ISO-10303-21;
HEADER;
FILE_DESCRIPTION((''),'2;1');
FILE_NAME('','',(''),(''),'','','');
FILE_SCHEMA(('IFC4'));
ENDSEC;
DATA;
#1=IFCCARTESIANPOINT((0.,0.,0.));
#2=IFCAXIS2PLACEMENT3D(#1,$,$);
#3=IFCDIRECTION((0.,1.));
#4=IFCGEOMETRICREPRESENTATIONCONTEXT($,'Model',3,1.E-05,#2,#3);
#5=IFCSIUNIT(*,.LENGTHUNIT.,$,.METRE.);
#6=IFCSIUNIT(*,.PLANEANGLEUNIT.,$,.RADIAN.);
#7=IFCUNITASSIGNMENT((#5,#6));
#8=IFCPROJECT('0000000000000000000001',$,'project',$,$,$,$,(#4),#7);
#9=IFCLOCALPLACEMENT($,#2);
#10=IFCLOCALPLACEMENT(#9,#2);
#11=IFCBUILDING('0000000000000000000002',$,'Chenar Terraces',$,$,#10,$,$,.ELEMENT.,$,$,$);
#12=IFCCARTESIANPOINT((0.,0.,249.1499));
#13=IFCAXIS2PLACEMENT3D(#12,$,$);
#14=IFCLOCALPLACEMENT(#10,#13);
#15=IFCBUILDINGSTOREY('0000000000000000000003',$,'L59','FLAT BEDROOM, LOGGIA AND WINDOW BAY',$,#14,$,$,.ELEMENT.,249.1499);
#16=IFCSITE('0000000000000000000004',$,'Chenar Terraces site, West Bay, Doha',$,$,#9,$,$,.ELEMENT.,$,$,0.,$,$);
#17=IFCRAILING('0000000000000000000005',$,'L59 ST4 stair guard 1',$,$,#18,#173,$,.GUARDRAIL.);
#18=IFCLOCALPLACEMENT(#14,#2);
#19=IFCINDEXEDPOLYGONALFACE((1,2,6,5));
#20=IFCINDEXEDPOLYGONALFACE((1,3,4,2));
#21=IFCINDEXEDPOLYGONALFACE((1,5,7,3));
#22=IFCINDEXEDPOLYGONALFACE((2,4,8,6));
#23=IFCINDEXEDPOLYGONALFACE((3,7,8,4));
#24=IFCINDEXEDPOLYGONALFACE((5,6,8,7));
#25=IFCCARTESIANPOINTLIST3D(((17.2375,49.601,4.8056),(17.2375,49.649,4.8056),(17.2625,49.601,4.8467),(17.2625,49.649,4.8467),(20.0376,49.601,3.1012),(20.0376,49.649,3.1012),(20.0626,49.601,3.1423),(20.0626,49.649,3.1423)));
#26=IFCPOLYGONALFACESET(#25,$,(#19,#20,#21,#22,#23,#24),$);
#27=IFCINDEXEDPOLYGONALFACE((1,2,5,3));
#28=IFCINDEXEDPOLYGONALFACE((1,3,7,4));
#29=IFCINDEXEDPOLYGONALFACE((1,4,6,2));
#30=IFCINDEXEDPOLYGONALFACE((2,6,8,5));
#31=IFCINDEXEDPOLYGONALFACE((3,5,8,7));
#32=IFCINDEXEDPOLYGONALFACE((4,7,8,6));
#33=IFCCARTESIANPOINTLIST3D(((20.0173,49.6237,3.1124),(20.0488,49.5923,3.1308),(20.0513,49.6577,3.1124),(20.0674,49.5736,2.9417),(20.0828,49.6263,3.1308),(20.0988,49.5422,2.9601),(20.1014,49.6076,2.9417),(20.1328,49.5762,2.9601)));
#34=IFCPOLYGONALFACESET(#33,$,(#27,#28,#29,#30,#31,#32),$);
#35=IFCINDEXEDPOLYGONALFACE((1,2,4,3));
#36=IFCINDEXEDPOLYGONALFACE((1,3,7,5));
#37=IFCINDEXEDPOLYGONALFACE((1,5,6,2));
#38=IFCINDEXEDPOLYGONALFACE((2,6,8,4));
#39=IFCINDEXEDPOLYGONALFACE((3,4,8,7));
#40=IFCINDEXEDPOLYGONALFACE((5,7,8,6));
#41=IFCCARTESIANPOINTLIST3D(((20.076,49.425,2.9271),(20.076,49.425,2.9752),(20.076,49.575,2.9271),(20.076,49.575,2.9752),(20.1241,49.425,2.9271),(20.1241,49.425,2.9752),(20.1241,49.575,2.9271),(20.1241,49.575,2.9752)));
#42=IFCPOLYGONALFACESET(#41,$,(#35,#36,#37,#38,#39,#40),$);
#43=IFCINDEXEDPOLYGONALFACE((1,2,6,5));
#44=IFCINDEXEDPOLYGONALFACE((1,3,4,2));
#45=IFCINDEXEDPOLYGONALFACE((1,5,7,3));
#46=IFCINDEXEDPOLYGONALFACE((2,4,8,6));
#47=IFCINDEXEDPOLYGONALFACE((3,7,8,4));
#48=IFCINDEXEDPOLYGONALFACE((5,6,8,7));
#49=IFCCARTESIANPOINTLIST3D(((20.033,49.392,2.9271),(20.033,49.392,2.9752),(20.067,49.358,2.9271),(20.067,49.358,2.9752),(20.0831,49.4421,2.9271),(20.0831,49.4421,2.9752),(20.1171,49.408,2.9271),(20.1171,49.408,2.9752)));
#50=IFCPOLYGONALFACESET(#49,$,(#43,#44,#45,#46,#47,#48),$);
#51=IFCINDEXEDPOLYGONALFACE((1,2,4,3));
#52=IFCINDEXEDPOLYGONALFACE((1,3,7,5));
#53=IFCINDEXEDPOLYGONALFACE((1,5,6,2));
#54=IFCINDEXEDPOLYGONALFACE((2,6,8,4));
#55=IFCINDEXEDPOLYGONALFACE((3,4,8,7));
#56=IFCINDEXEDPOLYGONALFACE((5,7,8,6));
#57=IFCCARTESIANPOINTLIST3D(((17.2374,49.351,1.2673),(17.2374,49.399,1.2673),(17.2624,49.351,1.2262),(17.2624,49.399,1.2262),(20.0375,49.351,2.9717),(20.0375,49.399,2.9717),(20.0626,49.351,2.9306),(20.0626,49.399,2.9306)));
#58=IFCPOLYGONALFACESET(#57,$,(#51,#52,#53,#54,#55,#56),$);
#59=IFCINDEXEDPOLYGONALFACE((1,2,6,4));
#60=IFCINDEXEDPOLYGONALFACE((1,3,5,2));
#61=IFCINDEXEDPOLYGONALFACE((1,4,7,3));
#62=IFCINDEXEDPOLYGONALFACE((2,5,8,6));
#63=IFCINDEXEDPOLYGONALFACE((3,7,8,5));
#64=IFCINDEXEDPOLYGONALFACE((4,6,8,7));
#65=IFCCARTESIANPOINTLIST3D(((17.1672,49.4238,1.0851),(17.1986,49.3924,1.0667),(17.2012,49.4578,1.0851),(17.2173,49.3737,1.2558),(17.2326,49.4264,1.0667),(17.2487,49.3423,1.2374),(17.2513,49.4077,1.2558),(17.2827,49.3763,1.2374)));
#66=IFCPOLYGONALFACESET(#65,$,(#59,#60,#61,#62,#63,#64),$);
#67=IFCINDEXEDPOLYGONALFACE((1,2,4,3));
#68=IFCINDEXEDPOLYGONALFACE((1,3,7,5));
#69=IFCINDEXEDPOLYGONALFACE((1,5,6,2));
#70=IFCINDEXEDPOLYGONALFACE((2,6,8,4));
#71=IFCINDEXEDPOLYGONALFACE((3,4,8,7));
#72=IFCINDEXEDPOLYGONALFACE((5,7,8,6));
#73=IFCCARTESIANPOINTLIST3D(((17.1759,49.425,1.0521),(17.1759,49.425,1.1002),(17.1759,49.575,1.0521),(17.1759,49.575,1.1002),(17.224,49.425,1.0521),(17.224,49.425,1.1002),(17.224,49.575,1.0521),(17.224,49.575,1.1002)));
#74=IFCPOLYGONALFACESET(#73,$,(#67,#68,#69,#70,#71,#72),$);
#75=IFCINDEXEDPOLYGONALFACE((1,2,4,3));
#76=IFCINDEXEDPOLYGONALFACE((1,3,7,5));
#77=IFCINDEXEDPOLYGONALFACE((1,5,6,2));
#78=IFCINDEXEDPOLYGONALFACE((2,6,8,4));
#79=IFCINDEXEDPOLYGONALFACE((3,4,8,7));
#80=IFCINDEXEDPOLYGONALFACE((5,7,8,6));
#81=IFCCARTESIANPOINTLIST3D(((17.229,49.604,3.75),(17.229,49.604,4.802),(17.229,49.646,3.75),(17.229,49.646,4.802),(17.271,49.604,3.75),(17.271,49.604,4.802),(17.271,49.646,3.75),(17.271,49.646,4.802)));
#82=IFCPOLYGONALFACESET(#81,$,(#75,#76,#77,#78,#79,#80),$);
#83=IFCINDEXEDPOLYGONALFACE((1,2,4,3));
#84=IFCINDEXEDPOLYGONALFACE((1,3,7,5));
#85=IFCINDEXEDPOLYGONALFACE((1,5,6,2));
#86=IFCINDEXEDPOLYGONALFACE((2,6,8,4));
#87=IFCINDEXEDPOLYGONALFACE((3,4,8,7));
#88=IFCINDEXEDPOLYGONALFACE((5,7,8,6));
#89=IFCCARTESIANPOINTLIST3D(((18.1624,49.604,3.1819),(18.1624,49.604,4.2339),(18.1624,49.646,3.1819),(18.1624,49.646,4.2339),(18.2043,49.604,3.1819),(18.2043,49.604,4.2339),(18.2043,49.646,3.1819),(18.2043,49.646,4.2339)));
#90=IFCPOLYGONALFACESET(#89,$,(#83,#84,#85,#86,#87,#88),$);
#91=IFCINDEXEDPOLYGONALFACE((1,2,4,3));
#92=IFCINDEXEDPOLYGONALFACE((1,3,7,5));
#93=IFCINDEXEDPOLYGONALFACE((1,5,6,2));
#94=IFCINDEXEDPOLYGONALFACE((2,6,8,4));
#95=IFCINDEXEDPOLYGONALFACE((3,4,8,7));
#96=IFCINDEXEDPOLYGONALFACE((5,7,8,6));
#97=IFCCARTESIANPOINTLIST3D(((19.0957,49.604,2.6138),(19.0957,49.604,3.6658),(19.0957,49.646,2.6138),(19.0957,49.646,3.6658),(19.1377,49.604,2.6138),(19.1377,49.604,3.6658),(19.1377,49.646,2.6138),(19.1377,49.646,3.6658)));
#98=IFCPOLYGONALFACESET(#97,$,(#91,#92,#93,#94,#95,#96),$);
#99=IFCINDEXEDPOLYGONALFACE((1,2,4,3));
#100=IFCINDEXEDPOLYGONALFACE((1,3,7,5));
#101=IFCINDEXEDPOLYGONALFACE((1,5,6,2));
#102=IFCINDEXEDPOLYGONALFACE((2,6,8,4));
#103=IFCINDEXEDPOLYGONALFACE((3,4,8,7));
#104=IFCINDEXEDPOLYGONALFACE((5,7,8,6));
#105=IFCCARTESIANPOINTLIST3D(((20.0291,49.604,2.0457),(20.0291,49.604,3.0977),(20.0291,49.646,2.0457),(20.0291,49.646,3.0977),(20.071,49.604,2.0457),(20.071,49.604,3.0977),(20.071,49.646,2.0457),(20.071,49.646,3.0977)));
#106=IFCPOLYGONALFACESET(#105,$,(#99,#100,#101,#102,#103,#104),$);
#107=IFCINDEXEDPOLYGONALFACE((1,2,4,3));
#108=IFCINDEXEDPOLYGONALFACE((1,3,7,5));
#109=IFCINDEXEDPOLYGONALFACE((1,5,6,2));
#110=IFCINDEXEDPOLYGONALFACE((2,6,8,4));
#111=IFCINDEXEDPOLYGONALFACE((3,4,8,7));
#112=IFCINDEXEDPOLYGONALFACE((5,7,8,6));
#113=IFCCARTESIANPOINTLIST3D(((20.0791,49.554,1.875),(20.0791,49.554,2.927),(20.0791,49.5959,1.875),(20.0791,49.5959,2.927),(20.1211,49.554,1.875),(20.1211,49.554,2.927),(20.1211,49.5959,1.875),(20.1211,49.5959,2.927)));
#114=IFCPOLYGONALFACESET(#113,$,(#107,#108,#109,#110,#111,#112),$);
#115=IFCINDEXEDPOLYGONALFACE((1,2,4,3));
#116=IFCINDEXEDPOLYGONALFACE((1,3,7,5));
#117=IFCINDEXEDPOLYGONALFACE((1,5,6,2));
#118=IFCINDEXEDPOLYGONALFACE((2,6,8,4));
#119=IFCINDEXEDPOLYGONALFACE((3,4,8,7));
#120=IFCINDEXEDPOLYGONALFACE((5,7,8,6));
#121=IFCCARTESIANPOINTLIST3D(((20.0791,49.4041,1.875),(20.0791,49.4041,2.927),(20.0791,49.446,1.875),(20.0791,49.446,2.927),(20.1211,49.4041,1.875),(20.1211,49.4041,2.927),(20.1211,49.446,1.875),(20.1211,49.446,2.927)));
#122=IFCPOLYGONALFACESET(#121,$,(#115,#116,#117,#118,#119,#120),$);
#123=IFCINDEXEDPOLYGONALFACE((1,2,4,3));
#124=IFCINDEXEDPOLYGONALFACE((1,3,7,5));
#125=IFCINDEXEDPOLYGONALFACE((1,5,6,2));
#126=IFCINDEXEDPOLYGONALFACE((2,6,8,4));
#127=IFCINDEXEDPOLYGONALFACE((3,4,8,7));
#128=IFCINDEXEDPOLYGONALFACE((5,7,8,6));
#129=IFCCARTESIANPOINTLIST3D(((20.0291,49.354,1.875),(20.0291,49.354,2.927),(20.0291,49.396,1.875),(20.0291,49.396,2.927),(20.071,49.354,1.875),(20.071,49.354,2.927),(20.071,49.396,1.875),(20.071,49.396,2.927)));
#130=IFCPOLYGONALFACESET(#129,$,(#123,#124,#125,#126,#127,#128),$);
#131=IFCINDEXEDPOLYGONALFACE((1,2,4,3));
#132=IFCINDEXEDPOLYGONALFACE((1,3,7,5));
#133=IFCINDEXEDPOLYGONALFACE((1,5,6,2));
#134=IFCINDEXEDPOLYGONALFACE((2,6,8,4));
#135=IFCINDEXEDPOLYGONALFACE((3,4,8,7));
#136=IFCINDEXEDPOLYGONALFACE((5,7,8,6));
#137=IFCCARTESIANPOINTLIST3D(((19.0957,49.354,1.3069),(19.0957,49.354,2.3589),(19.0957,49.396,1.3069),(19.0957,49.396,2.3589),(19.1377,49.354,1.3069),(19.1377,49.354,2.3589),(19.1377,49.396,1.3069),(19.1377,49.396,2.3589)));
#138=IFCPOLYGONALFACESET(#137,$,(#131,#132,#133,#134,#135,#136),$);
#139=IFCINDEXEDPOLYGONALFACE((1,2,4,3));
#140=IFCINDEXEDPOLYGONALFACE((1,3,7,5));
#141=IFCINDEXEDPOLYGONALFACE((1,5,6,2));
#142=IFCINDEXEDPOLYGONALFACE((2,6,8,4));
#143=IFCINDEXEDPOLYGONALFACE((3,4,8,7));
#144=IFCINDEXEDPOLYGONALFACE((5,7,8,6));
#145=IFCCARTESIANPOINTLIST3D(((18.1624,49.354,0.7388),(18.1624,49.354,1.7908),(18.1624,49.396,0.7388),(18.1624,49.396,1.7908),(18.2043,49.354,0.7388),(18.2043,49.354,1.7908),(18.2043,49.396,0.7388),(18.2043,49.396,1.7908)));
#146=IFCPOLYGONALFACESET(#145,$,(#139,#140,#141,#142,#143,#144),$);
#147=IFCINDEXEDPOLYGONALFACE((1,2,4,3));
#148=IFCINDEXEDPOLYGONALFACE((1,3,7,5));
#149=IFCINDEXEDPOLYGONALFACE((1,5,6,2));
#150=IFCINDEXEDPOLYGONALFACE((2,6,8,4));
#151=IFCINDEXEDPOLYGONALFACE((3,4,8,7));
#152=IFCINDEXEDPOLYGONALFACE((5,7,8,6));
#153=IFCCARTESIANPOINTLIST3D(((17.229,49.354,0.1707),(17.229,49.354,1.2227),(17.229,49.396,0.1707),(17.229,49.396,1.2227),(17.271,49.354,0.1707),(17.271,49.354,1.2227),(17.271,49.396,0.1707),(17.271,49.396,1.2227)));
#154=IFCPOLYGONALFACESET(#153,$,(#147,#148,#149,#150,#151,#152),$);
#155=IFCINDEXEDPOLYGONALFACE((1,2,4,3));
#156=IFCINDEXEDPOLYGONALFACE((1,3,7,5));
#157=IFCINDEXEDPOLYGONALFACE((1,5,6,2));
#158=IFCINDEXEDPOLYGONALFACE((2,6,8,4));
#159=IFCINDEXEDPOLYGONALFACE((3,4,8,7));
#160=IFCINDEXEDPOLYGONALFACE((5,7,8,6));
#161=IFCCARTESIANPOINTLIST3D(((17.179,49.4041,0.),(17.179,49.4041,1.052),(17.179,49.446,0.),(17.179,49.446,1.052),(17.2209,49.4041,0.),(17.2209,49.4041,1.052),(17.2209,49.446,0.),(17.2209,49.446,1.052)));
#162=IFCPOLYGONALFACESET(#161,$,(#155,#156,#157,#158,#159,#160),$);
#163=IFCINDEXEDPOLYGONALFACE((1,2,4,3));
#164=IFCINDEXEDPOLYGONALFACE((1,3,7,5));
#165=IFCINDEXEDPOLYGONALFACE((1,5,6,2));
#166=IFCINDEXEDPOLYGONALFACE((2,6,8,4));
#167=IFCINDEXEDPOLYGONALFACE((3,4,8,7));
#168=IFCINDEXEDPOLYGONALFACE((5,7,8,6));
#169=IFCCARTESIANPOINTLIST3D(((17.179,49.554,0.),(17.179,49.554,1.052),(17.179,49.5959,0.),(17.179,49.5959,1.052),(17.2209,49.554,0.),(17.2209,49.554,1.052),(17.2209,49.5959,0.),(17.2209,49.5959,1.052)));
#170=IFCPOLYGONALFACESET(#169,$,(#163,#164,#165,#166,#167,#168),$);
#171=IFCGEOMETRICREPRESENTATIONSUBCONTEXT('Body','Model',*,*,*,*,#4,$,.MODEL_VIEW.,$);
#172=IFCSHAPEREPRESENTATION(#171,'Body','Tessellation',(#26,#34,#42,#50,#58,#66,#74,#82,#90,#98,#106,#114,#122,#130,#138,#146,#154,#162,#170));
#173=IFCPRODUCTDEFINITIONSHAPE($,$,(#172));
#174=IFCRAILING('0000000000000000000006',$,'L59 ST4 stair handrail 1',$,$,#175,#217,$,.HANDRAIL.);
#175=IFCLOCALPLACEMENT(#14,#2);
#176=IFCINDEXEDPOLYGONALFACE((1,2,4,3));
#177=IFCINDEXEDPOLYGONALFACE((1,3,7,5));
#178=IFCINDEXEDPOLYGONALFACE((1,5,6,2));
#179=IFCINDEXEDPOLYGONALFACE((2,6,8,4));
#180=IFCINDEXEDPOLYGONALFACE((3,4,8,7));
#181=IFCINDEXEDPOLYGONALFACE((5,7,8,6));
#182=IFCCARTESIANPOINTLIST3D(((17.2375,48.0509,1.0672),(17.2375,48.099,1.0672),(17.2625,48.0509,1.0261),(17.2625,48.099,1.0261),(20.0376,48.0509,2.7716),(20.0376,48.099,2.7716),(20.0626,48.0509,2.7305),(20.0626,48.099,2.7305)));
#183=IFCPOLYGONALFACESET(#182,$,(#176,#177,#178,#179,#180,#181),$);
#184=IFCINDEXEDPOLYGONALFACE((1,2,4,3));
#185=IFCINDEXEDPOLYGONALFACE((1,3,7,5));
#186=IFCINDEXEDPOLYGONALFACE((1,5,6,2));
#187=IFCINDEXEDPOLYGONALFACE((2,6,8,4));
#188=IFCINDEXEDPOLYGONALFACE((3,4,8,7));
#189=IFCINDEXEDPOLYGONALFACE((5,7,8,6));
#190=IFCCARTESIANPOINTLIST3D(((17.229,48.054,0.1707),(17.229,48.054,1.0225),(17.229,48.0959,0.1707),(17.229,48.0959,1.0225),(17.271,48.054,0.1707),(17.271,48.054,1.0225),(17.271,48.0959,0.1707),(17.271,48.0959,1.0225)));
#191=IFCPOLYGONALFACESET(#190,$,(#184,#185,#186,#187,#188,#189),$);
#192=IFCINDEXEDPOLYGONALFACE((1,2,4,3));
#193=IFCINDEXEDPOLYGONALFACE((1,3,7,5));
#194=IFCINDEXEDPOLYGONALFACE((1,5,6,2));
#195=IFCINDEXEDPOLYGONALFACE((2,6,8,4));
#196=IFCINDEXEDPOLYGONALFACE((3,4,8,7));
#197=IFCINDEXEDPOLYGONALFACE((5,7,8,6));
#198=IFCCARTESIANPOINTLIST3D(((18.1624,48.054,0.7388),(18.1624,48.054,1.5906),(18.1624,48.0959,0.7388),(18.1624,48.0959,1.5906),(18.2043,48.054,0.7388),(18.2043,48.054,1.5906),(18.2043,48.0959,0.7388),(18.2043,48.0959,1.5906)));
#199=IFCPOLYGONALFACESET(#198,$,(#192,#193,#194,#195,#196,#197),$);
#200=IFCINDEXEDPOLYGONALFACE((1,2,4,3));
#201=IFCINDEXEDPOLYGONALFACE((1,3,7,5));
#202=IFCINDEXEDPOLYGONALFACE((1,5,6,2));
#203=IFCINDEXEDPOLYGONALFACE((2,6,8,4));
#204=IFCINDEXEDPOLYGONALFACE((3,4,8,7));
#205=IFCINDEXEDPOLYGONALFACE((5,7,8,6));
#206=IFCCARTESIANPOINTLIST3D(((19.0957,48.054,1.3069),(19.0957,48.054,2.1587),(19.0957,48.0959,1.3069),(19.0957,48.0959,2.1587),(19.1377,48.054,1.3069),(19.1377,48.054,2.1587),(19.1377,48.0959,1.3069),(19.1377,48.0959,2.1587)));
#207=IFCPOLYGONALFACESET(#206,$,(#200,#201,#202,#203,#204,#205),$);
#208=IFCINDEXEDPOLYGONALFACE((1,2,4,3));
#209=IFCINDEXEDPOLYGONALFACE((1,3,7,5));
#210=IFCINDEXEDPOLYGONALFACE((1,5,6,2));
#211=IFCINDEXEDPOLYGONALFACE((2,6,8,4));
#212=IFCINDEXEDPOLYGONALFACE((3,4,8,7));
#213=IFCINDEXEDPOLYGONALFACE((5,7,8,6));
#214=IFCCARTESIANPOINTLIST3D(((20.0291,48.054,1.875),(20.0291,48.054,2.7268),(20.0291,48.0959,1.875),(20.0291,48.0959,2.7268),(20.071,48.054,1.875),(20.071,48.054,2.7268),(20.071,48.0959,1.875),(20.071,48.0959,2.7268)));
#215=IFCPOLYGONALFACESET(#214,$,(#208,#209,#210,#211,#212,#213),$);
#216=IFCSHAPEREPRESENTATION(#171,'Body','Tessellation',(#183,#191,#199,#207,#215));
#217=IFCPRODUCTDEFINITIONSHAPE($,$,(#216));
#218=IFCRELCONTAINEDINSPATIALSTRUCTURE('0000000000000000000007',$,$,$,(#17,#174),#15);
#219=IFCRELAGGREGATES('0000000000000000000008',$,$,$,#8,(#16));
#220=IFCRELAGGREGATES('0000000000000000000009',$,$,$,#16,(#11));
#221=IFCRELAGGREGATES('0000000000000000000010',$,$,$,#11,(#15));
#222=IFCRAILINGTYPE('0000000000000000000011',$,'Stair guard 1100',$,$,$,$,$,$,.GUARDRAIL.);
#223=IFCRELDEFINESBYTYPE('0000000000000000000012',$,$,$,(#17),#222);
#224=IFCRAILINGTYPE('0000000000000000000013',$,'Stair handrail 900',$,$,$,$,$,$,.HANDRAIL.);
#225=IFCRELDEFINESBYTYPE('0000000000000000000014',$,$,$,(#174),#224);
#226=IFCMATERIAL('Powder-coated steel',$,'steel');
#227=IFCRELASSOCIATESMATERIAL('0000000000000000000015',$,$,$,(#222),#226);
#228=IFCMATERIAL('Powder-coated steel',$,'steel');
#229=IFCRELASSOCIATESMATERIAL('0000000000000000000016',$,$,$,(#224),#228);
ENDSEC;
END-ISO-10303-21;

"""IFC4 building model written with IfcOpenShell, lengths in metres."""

from ifc_helpers import new_model, si_unit, direction, frame, origin, origin_2d, place, context, subcontext, project, spatial, rectangle, extrude, material, type_object, element, save


model = new_model("IFC4")

# Units and contexts
model_context = context("Model", 3, precision=1e-05, world=origin(), true_north=direction((0.0, 1.0)))
body_context = subcontext(model_context, "Body", "Model", "MODEL_VIEW")
ifc_project = project(units=[si_unit("LENGTHUNIT", "METRE"), si_unit("PLANEANGLEUNIT", "RADIAN")], contexts=[model_context])

# Site, building, storey
site_placement = place(None, origin())
site = spatial("IfcSite", under=ifc_project, at=site_placement, Name="Chenar Terraces site, West Bay, Doha", CompositionType="ELEMENT", RefElevation=0.0)
building_placement = place(site_placement, origin())
building = spatial("IfcBuilding", under=site, at=building_placement, Name="Chenar Terraces", CompositionType="ELEMENT")
storey_placement = place(building_placement, frame((0.0, 0.0, 249.1499)))
storey = spatial("IfcBuildingStorey", under=building, at=storey_placement, Name="L59", Description="FLAT BEDROOM, LOGGIA AND WINDOW BAY", CompositionType="ELEMENT", Elevation=249.1499)

# Railings
ifc_material_1 = material(Name="Powder-coated steel", Category="steel")
railing_type_1 = type_object("IfcRailingType", Name="Stair guard 1100", PredefinedType="GUARDRAIL", material=ifc_material_1)
railing_1_placement = place(storey_placement, frame((17.25, 49.625, 3.75)))
element("IfcRailing", 1, at=railing_1_placement, inside=storey, type_object=railing_type_1, Name="L59 ST4 stair guard 1", PredefinedType="GUARDRAIL", context=body_context, shape_type="SweptSolid", body=[
    extrude(rectangle(XDim=0.0481, YDim=0.0481, at=origin_2d()), frame((0.0, 0.0, 1.0762), z_axis=(0.854203, 0.0, -0.51994), x_axis=(0.0, 1.0, 0.0)), (0.0, 0.0, 1.0), 3.2781),
    extrude(rectangle(XDim=0.0481, YDim=0.0481, at=origin_2d()), frame((2.8, 0.0, -0.6284), z_axis=(0.2709, -0.2709, -0.923703), x_axis=(0.707107, 0.707107, 0.0)), (0.0, 0.0, 1.0), 0.1848),
    extrude(rectangle(XDim=0.0481, YDim=0.0481, at=origin_2d()), frame((2.8501, -0.05, -0.7988), z_axis=(0.0, -1.0, 0.0), x_axis=(1.0, 0.0, 0.0)), (0.0, 0.0, 1.0), 0.1499),
    extrude(rectangle(XDim=0.0481, YDim=0.0481, at=origin_2d()), frame((2.8501, -0.2, -0.7988), z_axis=(-0.707107, -0.707107, 0.0), x_axis=(0.707107, -0.707107, 0.0)), (0.0, 0.0, 1.0), 0.0708),
    extrude(rectangle(XDim=0.0481, YDim=0.0481, at=origin_2d()), frame((2.8, -0.25, -0.7988), z_axis=(-0.854203, 0.0, -0.51994), x_axis=(0.0, -1.0, 0.0)), (0.0, 0.0, 1.0), 3.2781),
    extrude(rectangle(XDim=0.0481, YDim=0.0481, at=origin_2d()), frame((0.0, -0.25, -2.5034), z_axis=(-0.2709, 0.2709, -0.923703), x_axis=(-0.707107, -0.707107, 0.0)), (0.0, 0.0, 1.0), 0.1848),
    extrude(rectangle(XDim=0.0481, YDim=0.0481, at=origin_2d()), frame((-0.05, -0.2, -2.6738), z_axis=(0.0, 1.0, 0.0), x_axis=(-1.0, 0.0, 0.0)), (0.0, 0.0, 1.0), 0.1499),
    extrude(rectangle(XDim=0.042, YDim=0.042, at=origin_2d()), origin(), (0.0, 0.0, 1.0), 1.052),
    extrude(rectangle(XDim=0.042, YDim=0.042, at=origin_2d()), frame((0.9333, 0.0, -0.5681)), (0.0, 0.0, 1.0), 1.052),
    extrude(rectangle(XDim=0.042, YDim=0.042, at=origin_2d()), frame((1.8667, 0.0, -1.1362)), (0.0, 0.0, 1.0), 1.052),
    extrude(rectangle(XDim=0.042, YDim=0.042, at=origin_2d()), frame((2.8, 0.0, -1.7043)), (0.0, 0.0, 1.0), 1.052),
    extrude(rectangle(XDim=0.042, YDim=0.042, at=origin_2d()), frame((2.8501, -0.05, -1.875)), (0.0, 0.0, 1.0), 1.052),
    extrude(rectangle(XDim=0.042, YDim=0.042, at=origin_2d()), frame((2.8501, -0.2, -1.875)), (0.0, 0.0, 1.0), 1.052),
    extrude(rectangle(XDim=0.042, YDim=0.042, at=origin_2d()), frame((2.8, -0.25, -1.875)), (0.0, 0.0, 1.0), 1.052),
    extrude(rectangle(XDim=0.042, YDim=0.042, at=origin_2d()), frame((1.8667, -0.25, -2.4431)), (0.0, 0.0, 1.0), 1.052),
    extrude(rectangle(XDim=0.042, YDim=0.042, at=origin_2d()), frame((0.9333, -0.25, -3.0112)), (0.0, 0.0, 1.0), 1.052),
    extrude(rectangle(XDim=0.042, YDim=0.042, at=origin_2d()), frame((0.0, -0.25, -3.5793)), (0.0, 0.0, 1.0), 1.052),
    extrude(rectangle(XDim=0.042, YDim=0.042, at=origin_2d()), frame((-0.05, -0.2, -3.75)), (0.0, 0.0, 1.0), 1.052),
    extrude(rectangle(XDim=0.042, YDim=0.042, at=origin_2d()), frame((-0.05, -0.05, -3.75)), (0.0, 0.0, 1.0), 1.052),
])
ifc_material_2 = material(Name="Powder-coated steel", Category="steel")
railing_type_2 = type_object("IfcRailingType", Name="Stair handrail 900", PredefinedType="HANDRAIL", material=ifc_material_2)
railing_2_placement = place(storey_placement, frame((17.25, 48.075, 0.1707)))
element("IfcRailing", 2, at=railing_2_placement, inside=storey, type_object=railing_type_2, Name="L59 ST4 stair handrail 1", PredefinedType="HANDRAIL", context=body_context, shape_type="SweptSolid", body=[
    extrude(rectangle(XDim=0.0481, YDim=0.0481, at=origin_2d()), frame((0.0, 0.0, 0.876), z_axis=(0.854203, 0.0, 0.51994), x_axis=(0.0, 1.0, 0.0)), (0.0, 0.0, 1.0), 3.2781),
    extrude(rectangle(XDim=0.042, YDim=0.042, at=origin_2d()), origin(), (0.0, 0.0, 1.0), 0.8518),
    extrude(rectangle(XDim=0.042, YDim=0.042, at=origin_2d()), frame((0.9333, 0.0, 0.5681)), (0.0, 0.0, 1.0), 0.8518),
    extrude(rectangle(XDim=0.042, YDim=0.042, at=origin_2d()), frame((1.8667, 0.0, 1.1362)), (0.0, 0.0, 1.0), 0.8518),
    extrude(rectangle(XDim=0.042, YDim=0.042, at=origin_2d()), frame((2.8, 0.0, 1.7043)), (0.0, 0.0, 1.0), 0.8518),
])

save(model, "model.ifc")
